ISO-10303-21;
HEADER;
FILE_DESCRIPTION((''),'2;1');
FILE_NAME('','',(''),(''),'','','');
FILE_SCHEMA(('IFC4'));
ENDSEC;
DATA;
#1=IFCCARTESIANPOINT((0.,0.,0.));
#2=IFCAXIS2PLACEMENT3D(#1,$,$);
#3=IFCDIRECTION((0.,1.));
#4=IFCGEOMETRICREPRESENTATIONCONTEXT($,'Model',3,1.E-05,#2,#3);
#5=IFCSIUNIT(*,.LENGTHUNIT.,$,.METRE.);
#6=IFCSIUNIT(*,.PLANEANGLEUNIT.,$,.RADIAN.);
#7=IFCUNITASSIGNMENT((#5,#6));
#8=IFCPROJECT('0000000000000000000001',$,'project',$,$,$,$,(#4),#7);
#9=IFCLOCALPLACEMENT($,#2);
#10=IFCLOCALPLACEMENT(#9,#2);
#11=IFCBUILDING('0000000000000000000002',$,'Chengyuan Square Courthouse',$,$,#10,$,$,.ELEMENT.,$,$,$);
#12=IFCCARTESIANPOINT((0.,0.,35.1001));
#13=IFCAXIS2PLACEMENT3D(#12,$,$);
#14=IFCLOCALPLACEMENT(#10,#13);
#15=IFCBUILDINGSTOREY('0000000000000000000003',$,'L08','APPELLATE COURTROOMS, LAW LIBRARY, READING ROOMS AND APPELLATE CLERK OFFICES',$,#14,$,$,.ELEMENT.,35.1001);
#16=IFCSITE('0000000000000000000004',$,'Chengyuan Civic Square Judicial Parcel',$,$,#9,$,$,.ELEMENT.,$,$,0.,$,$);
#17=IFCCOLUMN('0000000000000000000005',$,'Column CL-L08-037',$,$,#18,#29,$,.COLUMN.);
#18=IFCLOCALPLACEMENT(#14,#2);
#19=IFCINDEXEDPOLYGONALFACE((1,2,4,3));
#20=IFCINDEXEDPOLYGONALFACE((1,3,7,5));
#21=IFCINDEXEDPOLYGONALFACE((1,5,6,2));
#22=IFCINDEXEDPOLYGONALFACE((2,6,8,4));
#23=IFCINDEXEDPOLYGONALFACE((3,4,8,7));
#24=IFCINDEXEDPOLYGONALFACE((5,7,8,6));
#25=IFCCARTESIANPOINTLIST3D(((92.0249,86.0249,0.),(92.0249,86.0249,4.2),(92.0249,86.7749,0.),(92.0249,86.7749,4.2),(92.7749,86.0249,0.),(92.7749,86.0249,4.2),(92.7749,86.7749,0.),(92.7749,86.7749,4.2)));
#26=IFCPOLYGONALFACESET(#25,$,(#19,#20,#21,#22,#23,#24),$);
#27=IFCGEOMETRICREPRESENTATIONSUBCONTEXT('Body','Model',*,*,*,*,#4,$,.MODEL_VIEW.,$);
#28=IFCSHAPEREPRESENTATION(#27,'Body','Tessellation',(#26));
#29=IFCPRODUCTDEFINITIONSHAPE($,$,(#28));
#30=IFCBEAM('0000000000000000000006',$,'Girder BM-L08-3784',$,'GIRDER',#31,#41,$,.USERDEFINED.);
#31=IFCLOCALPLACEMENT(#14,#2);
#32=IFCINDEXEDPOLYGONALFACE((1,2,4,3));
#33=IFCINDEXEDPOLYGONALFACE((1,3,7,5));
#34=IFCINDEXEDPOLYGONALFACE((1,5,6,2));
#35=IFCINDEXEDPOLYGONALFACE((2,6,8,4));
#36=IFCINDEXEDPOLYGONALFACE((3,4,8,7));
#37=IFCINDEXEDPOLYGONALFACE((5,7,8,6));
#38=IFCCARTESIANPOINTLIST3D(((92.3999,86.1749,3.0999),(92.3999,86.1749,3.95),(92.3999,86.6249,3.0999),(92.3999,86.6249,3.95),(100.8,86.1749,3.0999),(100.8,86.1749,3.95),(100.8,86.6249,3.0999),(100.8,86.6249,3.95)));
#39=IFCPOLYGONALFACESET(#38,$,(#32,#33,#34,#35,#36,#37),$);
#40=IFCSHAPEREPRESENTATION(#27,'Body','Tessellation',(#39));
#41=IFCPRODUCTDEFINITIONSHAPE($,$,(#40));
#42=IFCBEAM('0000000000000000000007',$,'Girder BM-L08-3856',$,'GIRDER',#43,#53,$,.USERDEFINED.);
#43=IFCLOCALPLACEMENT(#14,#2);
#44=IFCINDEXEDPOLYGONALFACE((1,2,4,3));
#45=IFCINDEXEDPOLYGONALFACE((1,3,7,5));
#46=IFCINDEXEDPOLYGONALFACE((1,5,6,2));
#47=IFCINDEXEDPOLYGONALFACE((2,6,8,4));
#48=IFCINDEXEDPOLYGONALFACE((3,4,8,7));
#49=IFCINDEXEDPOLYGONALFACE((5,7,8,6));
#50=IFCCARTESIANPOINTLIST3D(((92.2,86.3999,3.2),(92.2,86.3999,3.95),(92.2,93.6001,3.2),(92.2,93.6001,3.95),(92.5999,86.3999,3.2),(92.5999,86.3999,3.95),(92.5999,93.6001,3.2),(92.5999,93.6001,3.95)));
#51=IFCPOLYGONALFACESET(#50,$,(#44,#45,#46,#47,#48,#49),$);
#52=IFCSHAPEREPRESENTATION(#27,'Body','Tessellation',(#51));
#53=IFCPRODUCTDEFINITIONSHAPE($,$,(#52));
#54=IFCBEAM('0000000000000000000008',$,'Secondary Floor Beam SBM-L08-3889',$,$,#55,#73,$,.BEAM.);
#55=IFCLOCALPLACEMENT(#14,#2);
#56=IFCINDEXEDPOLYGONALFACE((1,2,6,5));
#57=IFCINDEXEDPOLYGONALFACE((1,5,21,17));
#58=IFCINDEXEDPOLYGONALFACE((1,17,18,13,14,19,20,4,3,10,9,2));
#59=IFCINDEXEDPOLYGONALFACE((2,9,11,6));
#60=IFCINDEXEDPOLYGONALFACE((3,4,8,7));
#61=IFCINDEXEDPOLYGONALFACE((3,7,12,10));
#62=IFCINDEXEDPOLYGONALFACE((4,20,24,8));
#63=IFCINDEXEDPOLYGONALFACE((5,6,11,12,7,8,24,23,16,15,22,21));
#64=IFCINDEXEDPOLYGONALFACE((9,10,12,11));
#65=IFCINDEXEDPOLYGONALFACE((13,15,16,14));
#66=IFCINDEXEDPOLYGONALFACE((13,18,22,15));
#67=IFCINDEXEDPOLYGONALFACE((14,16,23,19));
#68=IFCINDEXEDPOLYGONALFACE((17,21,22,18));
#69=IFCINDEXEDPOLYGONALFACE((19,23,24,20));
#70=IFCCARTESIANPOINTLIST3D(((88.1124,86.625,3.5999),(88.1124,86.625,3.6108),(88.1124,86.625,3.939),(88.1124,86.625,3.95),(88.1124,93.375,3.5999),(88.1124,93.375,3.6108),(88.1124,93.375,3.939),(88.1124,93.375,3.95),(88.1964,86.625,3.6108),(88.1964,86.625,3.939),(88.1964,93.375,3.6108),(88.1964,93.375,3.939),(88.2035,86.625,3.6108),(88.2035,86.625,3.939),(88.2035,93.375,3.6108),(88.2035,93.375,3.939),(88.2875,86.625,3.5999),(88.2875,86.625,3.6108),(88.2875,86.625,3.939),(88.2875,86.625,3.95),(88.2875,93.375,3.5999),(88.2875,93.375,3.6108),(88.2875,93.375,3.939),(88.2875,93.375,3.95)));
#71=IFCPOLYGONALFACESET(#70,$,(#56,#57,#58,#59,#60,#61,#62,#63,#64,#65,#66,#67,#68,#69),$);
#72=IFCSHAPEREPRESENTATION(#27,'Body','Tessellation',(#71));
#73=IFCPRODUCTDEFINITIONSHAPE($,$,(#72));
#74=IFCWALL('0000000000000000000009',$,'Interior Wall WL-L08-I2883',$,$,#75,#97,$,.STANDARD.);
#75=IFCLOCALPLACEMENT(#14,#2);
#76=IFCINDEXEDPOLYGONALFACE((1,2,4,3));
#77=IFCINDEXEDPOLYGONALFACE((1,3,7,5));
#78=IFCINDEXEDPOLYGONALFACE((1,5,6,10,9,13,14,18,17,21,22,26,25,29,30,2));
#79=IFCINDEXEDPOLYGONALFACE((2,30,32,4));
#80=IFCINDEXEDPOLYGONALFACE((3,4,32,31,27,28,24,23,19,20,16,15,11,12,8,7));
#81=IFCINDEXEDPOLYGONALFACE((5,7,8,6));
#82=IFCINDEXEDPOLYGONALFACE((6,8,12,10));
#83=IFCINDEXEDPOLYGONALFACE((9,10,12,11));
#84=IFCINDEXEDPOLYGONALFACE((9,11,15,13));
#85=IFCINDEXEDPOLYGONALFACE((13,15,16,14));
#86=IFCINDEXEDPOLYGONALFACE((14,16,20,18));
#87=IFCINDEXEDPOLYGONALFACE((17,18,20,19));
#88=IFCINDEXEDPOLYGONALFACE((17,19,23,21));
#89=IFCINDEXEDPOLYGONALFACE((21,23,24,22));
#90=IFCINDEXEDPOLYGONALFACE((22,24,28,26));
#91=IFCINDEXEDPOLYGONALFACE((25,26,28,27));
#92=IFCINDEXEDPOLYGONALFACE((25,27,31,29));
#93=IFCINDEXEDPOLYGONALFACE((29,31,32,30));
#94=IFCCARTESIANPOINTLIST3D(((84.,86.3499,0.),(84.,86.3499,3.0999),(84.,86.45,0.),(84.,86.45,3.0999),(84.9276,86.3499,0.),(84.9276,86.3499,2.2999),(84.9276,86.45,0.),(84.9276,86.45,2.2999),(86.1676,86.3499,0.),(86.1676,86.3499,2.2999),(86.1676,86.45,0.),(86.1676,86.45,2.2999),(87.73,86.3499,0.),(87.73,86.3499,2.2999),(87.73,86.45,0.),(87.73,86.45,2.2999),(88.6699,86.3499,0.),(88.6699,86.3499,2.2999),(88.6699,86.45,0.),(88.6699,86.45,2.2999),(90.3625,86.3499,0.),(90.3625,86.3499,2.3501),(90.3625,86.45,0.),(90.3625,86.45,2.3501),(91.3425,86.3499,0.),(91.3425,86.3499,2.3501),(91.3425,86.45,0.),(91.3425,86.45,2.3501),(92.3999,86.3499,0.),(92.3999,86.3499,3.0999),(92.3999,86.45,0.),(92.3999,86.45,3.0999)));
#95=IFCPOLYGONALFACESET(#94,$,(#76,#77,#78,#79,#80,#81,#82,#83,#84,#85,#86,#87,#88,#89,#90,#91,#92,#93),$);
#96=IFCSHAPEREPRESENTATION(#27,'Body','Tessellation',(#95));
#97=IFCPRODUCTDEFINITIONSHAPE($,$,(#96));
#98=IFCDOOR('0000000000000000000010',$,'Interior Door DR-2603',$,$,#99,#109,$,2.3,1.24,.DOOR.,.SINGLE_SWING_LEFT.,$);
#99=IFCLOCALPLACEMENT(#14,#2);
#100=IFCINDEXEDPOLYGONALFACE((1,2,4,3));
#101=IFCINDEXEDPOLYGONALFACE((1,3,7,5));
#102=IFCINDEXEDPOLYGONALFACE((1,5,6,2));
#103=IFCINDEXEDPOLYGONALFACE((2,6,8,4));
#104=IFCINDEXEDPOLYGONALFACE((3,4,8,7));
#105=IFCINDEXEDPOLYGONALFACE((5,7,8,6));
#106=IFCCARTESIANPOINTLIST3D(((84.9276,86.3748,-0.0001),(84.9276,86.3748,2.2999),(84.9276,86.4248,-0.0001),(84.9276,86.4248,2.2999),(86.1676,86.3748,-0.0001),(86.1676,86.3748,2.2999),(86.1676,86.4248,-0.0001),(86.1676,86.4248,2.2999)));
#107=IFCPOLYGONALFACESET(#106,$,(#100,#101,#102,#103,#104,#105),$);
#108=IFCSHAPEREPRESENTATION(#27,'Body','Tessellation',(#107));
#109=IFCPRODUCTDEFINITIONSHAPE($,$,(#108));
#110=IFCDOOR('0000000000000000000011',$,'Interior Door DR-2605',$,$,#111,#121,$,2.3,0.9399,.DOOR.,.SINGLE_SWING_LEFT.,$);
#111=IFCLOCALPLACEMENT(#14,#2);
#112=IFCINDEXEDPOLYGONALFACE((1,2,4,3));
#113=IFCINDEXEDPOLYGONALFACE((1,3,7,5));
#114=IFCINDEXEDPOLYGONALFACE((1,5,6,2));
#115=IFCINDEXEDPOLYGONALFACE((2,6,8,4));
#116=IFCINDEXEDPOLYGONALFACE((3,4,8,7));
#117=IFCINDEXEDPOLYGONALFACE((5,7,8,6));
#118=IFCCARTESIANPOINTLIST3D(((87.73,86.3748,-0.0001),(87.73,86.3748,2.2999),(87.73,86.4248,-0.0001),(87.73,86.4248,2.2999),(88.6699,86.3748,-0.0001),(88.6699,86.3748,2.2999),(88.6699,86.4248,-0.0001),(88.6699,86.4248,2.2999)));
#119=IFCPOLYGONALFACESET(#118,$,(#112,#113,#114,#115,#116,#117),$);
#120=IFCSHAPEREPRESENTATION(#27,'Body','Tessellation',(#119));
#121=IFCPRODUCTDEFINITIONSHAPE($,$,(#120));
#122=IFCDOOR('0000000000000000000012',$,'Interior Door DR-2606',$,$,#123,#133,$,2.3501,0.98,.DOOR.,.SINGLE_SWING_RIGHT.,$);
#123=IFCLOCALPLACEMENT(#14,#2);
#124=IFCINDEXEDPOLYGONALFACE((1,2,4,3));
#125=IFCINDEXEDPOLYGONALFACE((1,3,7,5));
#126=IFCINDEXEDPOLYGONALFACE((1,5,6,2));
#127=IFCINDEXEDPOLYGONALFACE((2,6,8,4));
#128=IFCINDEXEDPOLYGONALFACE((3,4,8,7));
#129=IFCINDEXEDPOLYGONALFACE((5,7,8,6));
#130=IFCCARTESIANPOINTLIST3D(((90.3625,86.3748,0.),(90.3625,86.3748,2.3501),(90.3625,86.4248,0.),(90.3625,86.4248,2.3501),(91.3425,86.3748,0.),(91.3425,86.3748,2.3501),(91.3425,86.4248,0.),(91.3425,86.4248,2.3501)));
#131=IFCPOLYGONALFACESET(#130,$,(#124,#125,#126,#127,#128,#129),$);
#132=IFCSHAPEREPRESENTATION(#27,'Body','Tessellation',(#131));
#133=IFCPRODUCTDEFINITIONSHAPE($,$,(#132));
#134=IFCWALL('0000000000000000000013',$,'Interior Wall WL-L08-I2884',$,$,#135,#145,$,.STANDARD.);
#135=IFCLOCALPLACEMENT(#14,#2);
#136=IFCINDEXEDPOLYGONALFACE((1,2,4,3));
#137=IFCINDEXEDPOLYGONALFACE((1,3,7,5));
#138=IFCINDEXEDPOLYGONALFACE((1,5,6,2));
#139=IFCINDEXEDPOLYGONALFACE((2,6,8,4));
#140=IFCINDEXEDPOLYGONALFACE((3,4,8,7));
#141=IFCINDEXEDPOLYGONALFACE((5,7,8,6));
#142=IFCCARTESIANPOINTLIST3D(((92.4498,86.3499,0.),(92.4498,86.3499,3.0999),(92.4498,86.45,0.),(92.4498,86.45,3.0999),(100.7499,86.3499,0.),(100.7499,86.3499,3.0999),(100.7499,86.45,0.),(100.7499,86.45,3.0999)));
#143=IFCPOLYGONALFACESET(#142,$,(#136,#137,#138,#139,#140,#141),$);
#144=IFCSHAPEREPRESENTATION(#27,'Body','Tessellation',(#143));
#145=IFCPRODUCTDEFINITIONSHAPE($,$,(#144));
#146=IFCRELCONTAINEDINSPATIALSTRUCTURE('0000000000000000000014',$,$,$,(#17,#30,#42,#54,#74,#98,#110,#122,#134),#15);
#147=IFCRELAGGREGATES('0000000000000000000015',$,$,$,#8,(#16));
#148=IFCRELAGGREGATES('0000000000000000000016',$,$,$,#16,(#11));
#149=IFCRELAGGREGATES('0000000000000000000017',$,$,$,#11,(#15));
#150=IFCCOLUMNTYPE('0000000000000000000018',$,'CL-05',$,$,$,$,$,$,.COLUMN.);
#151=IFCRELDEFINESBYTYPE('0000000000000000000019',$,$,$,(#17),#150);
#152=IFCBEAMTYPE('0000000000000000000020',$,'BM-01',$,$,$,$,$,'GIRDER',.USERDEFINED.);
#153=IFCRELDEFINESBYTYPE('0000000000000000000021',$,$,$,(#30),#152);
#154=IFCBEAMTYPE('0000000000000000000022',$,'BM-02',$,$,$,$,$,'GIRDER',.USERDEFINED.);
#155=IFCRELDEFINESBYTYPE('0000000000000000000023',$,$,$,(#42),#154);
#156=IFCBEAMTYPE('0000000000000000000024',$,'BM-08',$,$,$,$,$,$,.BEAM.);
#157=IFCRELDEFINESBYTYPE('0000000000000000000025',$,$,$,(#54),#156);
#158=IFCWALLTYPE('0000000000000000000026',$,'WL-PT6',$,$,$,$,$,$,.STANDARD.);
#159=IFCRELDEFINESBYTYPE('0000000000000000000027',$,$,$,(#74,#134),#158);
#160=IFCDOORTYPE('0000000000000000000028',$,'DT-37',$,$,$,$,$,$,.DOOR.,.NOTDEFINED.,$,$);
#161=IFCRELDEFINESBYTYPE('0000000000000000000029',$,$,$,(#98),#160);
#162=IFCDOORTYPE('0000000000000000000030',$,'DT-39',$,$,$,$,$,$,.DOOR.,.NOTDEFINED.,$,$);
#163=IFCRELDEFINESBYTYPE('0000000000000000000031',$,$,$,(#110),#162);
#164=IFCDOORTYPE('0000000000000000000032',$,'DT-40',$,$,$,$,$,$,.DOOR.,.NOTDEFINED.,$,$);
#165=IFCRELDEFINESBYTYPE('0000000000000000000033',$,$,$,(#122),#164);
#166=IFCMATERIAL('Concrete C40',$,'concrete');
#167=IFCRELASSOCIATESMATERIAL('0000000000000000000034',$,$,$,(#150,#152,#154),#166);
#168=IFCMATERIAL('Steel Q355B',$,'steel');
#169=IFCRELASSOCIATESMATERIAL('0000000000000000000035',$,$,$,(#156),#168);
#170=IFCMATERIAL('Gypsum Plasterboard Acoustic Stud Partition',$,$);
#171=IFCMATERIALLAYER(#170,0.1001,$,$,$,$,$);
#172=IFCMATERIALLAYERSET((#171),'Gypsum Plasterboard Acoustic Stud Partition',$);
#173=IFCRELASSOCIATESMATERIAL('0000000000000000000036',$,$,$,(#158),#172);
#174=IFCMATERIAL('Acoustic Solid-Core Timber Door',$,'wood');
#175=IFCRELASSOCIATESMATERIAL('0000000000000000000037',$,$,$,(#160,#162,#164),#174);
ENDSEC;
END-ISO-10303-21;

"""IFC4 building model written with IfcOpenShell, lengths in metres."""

from ifc_helpers import new_model, si_unit, direction, frame, frame_2d, origin, origin_2d, place, context, subcontext, project, spatial, rectangle, i_section, extrude, material, layer, layer_set, material_profile, profile_set, type_object, element, fill, save


model = new_model("IFC4")

# Units and contexts
model_context = context("Model", 3, precision=1e-05, world=origin(), true_north=direction((0.0, 1.0)))
body_context = subcontext(model_context, "Body", "Model", "MODEL_VIEW")
ifc_project = project(units=[si_unit("LENGTHUNIT", "METRE"), si_unit("PLANEANGLEUNIT", "RADIAN")], contexts=[model_context])

# Site, building, storey
site_placement = place(None, origin())
site = spatial("IfcSite", under=ifc_project, at=site_placement, Name="Chengyuan Civic Square Judicial Parcel", CompositionType="ELEMENT", RefElevation=0.0)
building_placement = place(site_placement, origin())
building = spatial("IfcBuilding", under=site, at=building_placement, Name="Chengyuan Square Courthouse", CompositionType="ELEMENT")
storey_placement = place(building_placement, frame((0.0, 0.0, 35.1001)))
storey = spatial("IfcBuildingStorey", under=building, at=storey_placement, Name="L08", Description="APPELLATE COURTROOMS, LAW LIBRARY, READING ROOMS AND APPELLATE CLERK OFFICES", CompositionType="ELEMENT", Elevation=35.1001)

# Column
ifc_material_1 = material(Name="Concrete C40", Category="concrete")
ifc_material_profile_1 = material_profile(ifc_material_1, rectangle(XDim=0.75, YDim=0.75, at=origin_2d()), Name="RC-COL-750x750")
ifc_profile_set_1 = profile_set([ifc_material_profile_1], Name="Concrete C40")
column_type = type_object("IfcColumnType", Name="CL-05", PredefinedType="COLUMN", material=ifc_profile_set_1)
column_placement = place(storey_placement, frame((92.3999, 86.3999, 0.0), z_axis=(0.0, 0.0, 1.0), x_axis=(1.0, 0.0, 0.0)))
element("IfcColumn", 1, at=column_placement, inside=storey, type_object=column_type, Name="Column CL-L08-037", PredefinedType="COLUMN", context=body_context, shape_type="SweptSolid", body=[
    extrude(rectangle(XDim=0.75, YDim=0.75, at=origin_2d()), origin(), (0.0, 0.0, 1.0), 4.2),
])

# Beams
ifc_material_profile_2 = material_profile(ifc_material_1, rectangle(XDim=0.45, YDim=0.8501, at=origin_2d()), Name="RC-BM-450x850")
ifc_profile_set_2 = profile_set([ifc_material_profile_2], Name="Concrete C40")
beam_type_1 = type_object("IfcBeamType", Name="BM-01", ElementType="GIRDER", PredefinedType="USERDEFINED", material=ifc_profile_set_2)
beam_1_placement = place(storey_placement, frame((92.3999, 86.3999, 3.5249), z_axis=(1.0, 0.0, 0.0), x_axis=(0.0, 1.0, 0.0)))
element("IfcBeam", 2, at=beam_1_placement, inside=storey, type_object=beam_type_1, Name="Girder BM-L08-3784", ObjectType="GIRDER", PredefinedType="USERDEFINED", context=body_context, shape_type="SweptSolid", body=[
    extrude(rectangle(XDim=0.45, YDim=0.8501, at=origin_2d()), origin(), (0.0, 0.0, 1.0), 8.4001),
])
ifc_material_profile_3 = material_profile(ifc_material_1, rectangle(XDim=0.3999, YDim=0.75, at=origin_2d()), Name="RC-BM-400x750")
ifc_profile_set_3 = profile_set([ifc_material_profile_3], Name="Concrete C40")
beam_type_2 = type_object("IfcBeamType", Name="BM-02", ElementType="GIRDER", PredefinedType="USERDEFINED", material=ifc_profile_set_3)
beam_2_placement = place(storey_placement, frame((92.3999, 86.3999, 3.575), z_axis=(0.0, 1.0, 0.0), x_axis=(-1.0, 0.0, 0.0)))
element("IfcBeam", 3, at=beam_2_placement, inside=storey, type_object=beam_type_2, Name="Girder BM-L08-3856", ObjectType="GIRDER", PredefinedType="USERDEFINED", context=body_context, shape_type="SweptSolid", body=[
    extrude(rectangle(XDim=0.3999, YDim=0.75, at=origin_2d()), origin(), (0.0, 0.0, 1.0), 7.2002),
])
ifc_material_2 = material(Name="Steel Q355B", Category="steel")
ifc_material_profile_4 = material_profile(ifc_material_2, i_section(OverallWidth=0.175, OverallDepth=0.3501, WebThickness=0.0071, FlangeThickness=0.011, at=origin_2d()), Name="HN 350x175x7x11")
ifc_profile_set_4 = profile_set([ifc_material_profile_4], Name="Steel Q355B")
beam_type_3 = type_object("IfcBeamType", Name="BM-08", PredefinedType="BEAM", material=ifc_profile_set_4)
beam_3_placement = place(storey_placement, frame((88.2, 86.625, 3.7749), z_axis=(0.0, 1.0, 0.0), x_axis=(-1.0, 0.0, 0.0)))
element("IfcBeam", 4, at=beam_3_placement, inside=storey, type_object=beam_type_3, Name="Secondary Floor Beam SBM-L08-3889", PredefinedType="BEAM", context=body_context, shape_type="SweptSolid", body=[
    extrude(i_section(OverallWidth=0.175, OverallDepth=0.3501, WebThickness=0.0071, FlangeThickness=0.011, at=origin_2d()), origin(), (0.0, 0.0, 1.0), 6.75),
])

# Wall, openings, doors
ifc_material_3 = material(Name="Gypsum Plasterboard Acoustic Stud Partition")
ifc_layer_1 = layer(ifc_material_3, 0.1001)
ifc_layer_set_1 = layer_set([ifc_layer_1], Name="Gypsum Plasterboard Acoustic Stud Partition")
wall_type_1 = type_object("IfcWallType", Name="WL-PT6", PredefinedType="STANDARD", material=ifc_layer_set_1)
wall_1_placement = place(storey_placement, frame((84.0, 86.3999, 0.0), z_axis=(0.0, 0.0, 1.0), x_axis=(1.0, 0.0, 0.0)))
wall_1 = element("IfcWall", 5, at=wall_1_placement, inside=storey, type_object=wall_type_1, Name="Interior Wall WL-L08-I2883", PredefinedType="STANDARD", context=body_context, shape_type="SweptSolid", body=[
    extrude(rectangle(XDim=8.3999, YDim=0.1001, at=frame_2d((4.2, 0.0))), origin(), (0.0, 0.0, 1.0), 3.0999),
])
opening_1_placement = place(wall_1_placement, frame((0.9275, 0.0, 0.0)))
opening_1 = element("IfcOpeningElement", 6, at=opening_1_placement, cuts=wall_1, PredefinedType="OPENING", context=body_context, shape_type="SweptSolid", body=[
    extrude(rectangle(XDim=1.24, YDim=2.3, at=frame_2d((0.6201, 1.1499))), frame((0.0, 0.062, 0.0), z_axis=(0.0, -1.0, 0.0), x_axis=(1.0, 0.0, 0.0)), (0.0, 0.0, 1.0), 0.124),
])
opening_2_placement = place(wall_1_placement, frame((3.73, 0.0, 0.0)))
opening_2 = element("IfcOpeningElement", 7, at=opening_2_placement, cuts=wall_1, PredefinedType="OPENING", context=body_context, shape_type="SweptSolid", body=[
    extrude(rectangle(XDim=0.9399, YDim=2.3, at=frame_2d((0.47, 1.1499))), frame((0.0, 0.062, 0.0), z_axis=(0.0, -1.0, 0.0), x_axis=(1.0, 0.0, 0.0)), (0.0, 0.0, 1.0), 0.124),
])
opening_3_placement = place(wall_1_placement, frame((6.3625, 0.0, 0.0)))
opening_3 = element("IfcOpeningElement", 8, at=opening_3_placement, cuts=wall_1, PredefinedType="OPENING", context=body_context, shape_type="SweptSolid", body=[
    extrude(rectangle(XDim=0.98, YDim=2.3501, at=frame_2d((0.49, 1.175))), frame((0.0, 0.062, 0.0), z_axis=(0.0, -1.0, 0.0), x_axis=(1.0, 0.0, 0.0)), (0.0, 0.0, 1.0), 0.124),
])
ifc_material_4 = material(Name="Acoustic Solid-Core Timber Door", Category="wood")
door_type_1 = type_object("IfcDoorType", Name="DT-37", OperationType="NOTDEFINED", PredefinedType="DOOR", material=ifc_material_4)
door_1_placement = place(opening_1_placement, origin())
door_1 = element("IfcDoor", 9, at=door_1_placement, inside=storey, type_object=door_type_1, Name="Interior Door DR-2603", OperationType="SINGLE_SWING_LEFT", OverallHeight=2.3, OverallWidth=1.24, PredefinedType="DOOR", context=body_context, shape_type="SweptSolid", body=[
    extrude(rectangle(XDim=1.24, YDim=2.3, at=frame_2d((0.6201, 1.1499))), frame((0.0, 0.0249, 0.0), z_axis=(0.0, -1.0, 0.0), x_axis=(1.0, 0.0, 0.0)), (0.0, 0.0, 1.0), 0.05),
])
fill(opening_1, door_1)
door_type_2 = type_object("IfcDoorType", Name="DT-39", OperationType="NOTDEFINED", PredefinedType="DOOR", material=ifc_material_4)
door_2_placement = place(opening_2_placement, origin())
door_2 = element("IfcDoor", 10, at=door_2_placement, inside=storey, type_object=door_type_2, Name="Interior Door DR-2605", OperationType="SINGLE_SWING_LEFT", OverallHeight=2.3, OverallWidth=0.9399, PredefinedType="DOOR", context=body_context, shape_type="SweptSolid", body=[
    extrude(rectangle(XDim=0.9399, YDim=2.3, at=frame_2d((0.47, 1.1499))), frame((0.0, 0.0249, 0.0), z_axis=(0.0, -1.0, 0.0), x_axis=(1.0, 0.0, 0.0)), (0.0, 0.0, 1.0), 0.05),
])
fill(opening_2, door_2)
door_type_3 = type_object("IfcDoorType", Name="DT-40", OperationType="NOTDEFINED", PredefinedType="DOOR", material=ifc_material_4)
door_3_placement = place(opening_3_placement, origin())
door_3 = element("IfcDoor", 11, at=door_3_placement, inside=storey, type_object=door_type_3, Name="Interior Door DR-2606", OperationType="SINGLE_SWING_RIGHT", OverallHeight=2.3501, OverallWidth=0.98, PredefinedType="DOOR", context=body_context, shape_type="SweptSolid", body=[
    extrude(rectangle(XDim=0.98, YDim=2.3501, at=frame_2d((0.49, 1.175))), frame((0.0, 0.0249, 0.0), z_axis=(0.0, -1.0, 0.0), x_axis=(1.0, 0.0, 0.0)), (0.0, 0.0, 1.0), 0.05),
])
fill(opening_3, door_3)

# Wall
wall_2_placement = place(storey_placement, frame((92.45, 86.3999, 0.0), z_axis=(0.0, 0.0, 1.0), x_axis=(1.0, 0.0, 0.0)))
element("IfcWall", 12, at=wall_2_placement, inside=storey, type_object=wall_type_1, Name="Interior Wall WL-L08-I2884", PredefinedType="STANDARD", context=body_context, shape_type="SweptSolid", body=[
    extrude(rectangle(XDim=8.3, YDim=0.1001, at=frame_2d((4.1499, 0.0))), origin(), (0.0, 0.0, 1.0), 3.0999),
])

save(model, "model.ifc")
